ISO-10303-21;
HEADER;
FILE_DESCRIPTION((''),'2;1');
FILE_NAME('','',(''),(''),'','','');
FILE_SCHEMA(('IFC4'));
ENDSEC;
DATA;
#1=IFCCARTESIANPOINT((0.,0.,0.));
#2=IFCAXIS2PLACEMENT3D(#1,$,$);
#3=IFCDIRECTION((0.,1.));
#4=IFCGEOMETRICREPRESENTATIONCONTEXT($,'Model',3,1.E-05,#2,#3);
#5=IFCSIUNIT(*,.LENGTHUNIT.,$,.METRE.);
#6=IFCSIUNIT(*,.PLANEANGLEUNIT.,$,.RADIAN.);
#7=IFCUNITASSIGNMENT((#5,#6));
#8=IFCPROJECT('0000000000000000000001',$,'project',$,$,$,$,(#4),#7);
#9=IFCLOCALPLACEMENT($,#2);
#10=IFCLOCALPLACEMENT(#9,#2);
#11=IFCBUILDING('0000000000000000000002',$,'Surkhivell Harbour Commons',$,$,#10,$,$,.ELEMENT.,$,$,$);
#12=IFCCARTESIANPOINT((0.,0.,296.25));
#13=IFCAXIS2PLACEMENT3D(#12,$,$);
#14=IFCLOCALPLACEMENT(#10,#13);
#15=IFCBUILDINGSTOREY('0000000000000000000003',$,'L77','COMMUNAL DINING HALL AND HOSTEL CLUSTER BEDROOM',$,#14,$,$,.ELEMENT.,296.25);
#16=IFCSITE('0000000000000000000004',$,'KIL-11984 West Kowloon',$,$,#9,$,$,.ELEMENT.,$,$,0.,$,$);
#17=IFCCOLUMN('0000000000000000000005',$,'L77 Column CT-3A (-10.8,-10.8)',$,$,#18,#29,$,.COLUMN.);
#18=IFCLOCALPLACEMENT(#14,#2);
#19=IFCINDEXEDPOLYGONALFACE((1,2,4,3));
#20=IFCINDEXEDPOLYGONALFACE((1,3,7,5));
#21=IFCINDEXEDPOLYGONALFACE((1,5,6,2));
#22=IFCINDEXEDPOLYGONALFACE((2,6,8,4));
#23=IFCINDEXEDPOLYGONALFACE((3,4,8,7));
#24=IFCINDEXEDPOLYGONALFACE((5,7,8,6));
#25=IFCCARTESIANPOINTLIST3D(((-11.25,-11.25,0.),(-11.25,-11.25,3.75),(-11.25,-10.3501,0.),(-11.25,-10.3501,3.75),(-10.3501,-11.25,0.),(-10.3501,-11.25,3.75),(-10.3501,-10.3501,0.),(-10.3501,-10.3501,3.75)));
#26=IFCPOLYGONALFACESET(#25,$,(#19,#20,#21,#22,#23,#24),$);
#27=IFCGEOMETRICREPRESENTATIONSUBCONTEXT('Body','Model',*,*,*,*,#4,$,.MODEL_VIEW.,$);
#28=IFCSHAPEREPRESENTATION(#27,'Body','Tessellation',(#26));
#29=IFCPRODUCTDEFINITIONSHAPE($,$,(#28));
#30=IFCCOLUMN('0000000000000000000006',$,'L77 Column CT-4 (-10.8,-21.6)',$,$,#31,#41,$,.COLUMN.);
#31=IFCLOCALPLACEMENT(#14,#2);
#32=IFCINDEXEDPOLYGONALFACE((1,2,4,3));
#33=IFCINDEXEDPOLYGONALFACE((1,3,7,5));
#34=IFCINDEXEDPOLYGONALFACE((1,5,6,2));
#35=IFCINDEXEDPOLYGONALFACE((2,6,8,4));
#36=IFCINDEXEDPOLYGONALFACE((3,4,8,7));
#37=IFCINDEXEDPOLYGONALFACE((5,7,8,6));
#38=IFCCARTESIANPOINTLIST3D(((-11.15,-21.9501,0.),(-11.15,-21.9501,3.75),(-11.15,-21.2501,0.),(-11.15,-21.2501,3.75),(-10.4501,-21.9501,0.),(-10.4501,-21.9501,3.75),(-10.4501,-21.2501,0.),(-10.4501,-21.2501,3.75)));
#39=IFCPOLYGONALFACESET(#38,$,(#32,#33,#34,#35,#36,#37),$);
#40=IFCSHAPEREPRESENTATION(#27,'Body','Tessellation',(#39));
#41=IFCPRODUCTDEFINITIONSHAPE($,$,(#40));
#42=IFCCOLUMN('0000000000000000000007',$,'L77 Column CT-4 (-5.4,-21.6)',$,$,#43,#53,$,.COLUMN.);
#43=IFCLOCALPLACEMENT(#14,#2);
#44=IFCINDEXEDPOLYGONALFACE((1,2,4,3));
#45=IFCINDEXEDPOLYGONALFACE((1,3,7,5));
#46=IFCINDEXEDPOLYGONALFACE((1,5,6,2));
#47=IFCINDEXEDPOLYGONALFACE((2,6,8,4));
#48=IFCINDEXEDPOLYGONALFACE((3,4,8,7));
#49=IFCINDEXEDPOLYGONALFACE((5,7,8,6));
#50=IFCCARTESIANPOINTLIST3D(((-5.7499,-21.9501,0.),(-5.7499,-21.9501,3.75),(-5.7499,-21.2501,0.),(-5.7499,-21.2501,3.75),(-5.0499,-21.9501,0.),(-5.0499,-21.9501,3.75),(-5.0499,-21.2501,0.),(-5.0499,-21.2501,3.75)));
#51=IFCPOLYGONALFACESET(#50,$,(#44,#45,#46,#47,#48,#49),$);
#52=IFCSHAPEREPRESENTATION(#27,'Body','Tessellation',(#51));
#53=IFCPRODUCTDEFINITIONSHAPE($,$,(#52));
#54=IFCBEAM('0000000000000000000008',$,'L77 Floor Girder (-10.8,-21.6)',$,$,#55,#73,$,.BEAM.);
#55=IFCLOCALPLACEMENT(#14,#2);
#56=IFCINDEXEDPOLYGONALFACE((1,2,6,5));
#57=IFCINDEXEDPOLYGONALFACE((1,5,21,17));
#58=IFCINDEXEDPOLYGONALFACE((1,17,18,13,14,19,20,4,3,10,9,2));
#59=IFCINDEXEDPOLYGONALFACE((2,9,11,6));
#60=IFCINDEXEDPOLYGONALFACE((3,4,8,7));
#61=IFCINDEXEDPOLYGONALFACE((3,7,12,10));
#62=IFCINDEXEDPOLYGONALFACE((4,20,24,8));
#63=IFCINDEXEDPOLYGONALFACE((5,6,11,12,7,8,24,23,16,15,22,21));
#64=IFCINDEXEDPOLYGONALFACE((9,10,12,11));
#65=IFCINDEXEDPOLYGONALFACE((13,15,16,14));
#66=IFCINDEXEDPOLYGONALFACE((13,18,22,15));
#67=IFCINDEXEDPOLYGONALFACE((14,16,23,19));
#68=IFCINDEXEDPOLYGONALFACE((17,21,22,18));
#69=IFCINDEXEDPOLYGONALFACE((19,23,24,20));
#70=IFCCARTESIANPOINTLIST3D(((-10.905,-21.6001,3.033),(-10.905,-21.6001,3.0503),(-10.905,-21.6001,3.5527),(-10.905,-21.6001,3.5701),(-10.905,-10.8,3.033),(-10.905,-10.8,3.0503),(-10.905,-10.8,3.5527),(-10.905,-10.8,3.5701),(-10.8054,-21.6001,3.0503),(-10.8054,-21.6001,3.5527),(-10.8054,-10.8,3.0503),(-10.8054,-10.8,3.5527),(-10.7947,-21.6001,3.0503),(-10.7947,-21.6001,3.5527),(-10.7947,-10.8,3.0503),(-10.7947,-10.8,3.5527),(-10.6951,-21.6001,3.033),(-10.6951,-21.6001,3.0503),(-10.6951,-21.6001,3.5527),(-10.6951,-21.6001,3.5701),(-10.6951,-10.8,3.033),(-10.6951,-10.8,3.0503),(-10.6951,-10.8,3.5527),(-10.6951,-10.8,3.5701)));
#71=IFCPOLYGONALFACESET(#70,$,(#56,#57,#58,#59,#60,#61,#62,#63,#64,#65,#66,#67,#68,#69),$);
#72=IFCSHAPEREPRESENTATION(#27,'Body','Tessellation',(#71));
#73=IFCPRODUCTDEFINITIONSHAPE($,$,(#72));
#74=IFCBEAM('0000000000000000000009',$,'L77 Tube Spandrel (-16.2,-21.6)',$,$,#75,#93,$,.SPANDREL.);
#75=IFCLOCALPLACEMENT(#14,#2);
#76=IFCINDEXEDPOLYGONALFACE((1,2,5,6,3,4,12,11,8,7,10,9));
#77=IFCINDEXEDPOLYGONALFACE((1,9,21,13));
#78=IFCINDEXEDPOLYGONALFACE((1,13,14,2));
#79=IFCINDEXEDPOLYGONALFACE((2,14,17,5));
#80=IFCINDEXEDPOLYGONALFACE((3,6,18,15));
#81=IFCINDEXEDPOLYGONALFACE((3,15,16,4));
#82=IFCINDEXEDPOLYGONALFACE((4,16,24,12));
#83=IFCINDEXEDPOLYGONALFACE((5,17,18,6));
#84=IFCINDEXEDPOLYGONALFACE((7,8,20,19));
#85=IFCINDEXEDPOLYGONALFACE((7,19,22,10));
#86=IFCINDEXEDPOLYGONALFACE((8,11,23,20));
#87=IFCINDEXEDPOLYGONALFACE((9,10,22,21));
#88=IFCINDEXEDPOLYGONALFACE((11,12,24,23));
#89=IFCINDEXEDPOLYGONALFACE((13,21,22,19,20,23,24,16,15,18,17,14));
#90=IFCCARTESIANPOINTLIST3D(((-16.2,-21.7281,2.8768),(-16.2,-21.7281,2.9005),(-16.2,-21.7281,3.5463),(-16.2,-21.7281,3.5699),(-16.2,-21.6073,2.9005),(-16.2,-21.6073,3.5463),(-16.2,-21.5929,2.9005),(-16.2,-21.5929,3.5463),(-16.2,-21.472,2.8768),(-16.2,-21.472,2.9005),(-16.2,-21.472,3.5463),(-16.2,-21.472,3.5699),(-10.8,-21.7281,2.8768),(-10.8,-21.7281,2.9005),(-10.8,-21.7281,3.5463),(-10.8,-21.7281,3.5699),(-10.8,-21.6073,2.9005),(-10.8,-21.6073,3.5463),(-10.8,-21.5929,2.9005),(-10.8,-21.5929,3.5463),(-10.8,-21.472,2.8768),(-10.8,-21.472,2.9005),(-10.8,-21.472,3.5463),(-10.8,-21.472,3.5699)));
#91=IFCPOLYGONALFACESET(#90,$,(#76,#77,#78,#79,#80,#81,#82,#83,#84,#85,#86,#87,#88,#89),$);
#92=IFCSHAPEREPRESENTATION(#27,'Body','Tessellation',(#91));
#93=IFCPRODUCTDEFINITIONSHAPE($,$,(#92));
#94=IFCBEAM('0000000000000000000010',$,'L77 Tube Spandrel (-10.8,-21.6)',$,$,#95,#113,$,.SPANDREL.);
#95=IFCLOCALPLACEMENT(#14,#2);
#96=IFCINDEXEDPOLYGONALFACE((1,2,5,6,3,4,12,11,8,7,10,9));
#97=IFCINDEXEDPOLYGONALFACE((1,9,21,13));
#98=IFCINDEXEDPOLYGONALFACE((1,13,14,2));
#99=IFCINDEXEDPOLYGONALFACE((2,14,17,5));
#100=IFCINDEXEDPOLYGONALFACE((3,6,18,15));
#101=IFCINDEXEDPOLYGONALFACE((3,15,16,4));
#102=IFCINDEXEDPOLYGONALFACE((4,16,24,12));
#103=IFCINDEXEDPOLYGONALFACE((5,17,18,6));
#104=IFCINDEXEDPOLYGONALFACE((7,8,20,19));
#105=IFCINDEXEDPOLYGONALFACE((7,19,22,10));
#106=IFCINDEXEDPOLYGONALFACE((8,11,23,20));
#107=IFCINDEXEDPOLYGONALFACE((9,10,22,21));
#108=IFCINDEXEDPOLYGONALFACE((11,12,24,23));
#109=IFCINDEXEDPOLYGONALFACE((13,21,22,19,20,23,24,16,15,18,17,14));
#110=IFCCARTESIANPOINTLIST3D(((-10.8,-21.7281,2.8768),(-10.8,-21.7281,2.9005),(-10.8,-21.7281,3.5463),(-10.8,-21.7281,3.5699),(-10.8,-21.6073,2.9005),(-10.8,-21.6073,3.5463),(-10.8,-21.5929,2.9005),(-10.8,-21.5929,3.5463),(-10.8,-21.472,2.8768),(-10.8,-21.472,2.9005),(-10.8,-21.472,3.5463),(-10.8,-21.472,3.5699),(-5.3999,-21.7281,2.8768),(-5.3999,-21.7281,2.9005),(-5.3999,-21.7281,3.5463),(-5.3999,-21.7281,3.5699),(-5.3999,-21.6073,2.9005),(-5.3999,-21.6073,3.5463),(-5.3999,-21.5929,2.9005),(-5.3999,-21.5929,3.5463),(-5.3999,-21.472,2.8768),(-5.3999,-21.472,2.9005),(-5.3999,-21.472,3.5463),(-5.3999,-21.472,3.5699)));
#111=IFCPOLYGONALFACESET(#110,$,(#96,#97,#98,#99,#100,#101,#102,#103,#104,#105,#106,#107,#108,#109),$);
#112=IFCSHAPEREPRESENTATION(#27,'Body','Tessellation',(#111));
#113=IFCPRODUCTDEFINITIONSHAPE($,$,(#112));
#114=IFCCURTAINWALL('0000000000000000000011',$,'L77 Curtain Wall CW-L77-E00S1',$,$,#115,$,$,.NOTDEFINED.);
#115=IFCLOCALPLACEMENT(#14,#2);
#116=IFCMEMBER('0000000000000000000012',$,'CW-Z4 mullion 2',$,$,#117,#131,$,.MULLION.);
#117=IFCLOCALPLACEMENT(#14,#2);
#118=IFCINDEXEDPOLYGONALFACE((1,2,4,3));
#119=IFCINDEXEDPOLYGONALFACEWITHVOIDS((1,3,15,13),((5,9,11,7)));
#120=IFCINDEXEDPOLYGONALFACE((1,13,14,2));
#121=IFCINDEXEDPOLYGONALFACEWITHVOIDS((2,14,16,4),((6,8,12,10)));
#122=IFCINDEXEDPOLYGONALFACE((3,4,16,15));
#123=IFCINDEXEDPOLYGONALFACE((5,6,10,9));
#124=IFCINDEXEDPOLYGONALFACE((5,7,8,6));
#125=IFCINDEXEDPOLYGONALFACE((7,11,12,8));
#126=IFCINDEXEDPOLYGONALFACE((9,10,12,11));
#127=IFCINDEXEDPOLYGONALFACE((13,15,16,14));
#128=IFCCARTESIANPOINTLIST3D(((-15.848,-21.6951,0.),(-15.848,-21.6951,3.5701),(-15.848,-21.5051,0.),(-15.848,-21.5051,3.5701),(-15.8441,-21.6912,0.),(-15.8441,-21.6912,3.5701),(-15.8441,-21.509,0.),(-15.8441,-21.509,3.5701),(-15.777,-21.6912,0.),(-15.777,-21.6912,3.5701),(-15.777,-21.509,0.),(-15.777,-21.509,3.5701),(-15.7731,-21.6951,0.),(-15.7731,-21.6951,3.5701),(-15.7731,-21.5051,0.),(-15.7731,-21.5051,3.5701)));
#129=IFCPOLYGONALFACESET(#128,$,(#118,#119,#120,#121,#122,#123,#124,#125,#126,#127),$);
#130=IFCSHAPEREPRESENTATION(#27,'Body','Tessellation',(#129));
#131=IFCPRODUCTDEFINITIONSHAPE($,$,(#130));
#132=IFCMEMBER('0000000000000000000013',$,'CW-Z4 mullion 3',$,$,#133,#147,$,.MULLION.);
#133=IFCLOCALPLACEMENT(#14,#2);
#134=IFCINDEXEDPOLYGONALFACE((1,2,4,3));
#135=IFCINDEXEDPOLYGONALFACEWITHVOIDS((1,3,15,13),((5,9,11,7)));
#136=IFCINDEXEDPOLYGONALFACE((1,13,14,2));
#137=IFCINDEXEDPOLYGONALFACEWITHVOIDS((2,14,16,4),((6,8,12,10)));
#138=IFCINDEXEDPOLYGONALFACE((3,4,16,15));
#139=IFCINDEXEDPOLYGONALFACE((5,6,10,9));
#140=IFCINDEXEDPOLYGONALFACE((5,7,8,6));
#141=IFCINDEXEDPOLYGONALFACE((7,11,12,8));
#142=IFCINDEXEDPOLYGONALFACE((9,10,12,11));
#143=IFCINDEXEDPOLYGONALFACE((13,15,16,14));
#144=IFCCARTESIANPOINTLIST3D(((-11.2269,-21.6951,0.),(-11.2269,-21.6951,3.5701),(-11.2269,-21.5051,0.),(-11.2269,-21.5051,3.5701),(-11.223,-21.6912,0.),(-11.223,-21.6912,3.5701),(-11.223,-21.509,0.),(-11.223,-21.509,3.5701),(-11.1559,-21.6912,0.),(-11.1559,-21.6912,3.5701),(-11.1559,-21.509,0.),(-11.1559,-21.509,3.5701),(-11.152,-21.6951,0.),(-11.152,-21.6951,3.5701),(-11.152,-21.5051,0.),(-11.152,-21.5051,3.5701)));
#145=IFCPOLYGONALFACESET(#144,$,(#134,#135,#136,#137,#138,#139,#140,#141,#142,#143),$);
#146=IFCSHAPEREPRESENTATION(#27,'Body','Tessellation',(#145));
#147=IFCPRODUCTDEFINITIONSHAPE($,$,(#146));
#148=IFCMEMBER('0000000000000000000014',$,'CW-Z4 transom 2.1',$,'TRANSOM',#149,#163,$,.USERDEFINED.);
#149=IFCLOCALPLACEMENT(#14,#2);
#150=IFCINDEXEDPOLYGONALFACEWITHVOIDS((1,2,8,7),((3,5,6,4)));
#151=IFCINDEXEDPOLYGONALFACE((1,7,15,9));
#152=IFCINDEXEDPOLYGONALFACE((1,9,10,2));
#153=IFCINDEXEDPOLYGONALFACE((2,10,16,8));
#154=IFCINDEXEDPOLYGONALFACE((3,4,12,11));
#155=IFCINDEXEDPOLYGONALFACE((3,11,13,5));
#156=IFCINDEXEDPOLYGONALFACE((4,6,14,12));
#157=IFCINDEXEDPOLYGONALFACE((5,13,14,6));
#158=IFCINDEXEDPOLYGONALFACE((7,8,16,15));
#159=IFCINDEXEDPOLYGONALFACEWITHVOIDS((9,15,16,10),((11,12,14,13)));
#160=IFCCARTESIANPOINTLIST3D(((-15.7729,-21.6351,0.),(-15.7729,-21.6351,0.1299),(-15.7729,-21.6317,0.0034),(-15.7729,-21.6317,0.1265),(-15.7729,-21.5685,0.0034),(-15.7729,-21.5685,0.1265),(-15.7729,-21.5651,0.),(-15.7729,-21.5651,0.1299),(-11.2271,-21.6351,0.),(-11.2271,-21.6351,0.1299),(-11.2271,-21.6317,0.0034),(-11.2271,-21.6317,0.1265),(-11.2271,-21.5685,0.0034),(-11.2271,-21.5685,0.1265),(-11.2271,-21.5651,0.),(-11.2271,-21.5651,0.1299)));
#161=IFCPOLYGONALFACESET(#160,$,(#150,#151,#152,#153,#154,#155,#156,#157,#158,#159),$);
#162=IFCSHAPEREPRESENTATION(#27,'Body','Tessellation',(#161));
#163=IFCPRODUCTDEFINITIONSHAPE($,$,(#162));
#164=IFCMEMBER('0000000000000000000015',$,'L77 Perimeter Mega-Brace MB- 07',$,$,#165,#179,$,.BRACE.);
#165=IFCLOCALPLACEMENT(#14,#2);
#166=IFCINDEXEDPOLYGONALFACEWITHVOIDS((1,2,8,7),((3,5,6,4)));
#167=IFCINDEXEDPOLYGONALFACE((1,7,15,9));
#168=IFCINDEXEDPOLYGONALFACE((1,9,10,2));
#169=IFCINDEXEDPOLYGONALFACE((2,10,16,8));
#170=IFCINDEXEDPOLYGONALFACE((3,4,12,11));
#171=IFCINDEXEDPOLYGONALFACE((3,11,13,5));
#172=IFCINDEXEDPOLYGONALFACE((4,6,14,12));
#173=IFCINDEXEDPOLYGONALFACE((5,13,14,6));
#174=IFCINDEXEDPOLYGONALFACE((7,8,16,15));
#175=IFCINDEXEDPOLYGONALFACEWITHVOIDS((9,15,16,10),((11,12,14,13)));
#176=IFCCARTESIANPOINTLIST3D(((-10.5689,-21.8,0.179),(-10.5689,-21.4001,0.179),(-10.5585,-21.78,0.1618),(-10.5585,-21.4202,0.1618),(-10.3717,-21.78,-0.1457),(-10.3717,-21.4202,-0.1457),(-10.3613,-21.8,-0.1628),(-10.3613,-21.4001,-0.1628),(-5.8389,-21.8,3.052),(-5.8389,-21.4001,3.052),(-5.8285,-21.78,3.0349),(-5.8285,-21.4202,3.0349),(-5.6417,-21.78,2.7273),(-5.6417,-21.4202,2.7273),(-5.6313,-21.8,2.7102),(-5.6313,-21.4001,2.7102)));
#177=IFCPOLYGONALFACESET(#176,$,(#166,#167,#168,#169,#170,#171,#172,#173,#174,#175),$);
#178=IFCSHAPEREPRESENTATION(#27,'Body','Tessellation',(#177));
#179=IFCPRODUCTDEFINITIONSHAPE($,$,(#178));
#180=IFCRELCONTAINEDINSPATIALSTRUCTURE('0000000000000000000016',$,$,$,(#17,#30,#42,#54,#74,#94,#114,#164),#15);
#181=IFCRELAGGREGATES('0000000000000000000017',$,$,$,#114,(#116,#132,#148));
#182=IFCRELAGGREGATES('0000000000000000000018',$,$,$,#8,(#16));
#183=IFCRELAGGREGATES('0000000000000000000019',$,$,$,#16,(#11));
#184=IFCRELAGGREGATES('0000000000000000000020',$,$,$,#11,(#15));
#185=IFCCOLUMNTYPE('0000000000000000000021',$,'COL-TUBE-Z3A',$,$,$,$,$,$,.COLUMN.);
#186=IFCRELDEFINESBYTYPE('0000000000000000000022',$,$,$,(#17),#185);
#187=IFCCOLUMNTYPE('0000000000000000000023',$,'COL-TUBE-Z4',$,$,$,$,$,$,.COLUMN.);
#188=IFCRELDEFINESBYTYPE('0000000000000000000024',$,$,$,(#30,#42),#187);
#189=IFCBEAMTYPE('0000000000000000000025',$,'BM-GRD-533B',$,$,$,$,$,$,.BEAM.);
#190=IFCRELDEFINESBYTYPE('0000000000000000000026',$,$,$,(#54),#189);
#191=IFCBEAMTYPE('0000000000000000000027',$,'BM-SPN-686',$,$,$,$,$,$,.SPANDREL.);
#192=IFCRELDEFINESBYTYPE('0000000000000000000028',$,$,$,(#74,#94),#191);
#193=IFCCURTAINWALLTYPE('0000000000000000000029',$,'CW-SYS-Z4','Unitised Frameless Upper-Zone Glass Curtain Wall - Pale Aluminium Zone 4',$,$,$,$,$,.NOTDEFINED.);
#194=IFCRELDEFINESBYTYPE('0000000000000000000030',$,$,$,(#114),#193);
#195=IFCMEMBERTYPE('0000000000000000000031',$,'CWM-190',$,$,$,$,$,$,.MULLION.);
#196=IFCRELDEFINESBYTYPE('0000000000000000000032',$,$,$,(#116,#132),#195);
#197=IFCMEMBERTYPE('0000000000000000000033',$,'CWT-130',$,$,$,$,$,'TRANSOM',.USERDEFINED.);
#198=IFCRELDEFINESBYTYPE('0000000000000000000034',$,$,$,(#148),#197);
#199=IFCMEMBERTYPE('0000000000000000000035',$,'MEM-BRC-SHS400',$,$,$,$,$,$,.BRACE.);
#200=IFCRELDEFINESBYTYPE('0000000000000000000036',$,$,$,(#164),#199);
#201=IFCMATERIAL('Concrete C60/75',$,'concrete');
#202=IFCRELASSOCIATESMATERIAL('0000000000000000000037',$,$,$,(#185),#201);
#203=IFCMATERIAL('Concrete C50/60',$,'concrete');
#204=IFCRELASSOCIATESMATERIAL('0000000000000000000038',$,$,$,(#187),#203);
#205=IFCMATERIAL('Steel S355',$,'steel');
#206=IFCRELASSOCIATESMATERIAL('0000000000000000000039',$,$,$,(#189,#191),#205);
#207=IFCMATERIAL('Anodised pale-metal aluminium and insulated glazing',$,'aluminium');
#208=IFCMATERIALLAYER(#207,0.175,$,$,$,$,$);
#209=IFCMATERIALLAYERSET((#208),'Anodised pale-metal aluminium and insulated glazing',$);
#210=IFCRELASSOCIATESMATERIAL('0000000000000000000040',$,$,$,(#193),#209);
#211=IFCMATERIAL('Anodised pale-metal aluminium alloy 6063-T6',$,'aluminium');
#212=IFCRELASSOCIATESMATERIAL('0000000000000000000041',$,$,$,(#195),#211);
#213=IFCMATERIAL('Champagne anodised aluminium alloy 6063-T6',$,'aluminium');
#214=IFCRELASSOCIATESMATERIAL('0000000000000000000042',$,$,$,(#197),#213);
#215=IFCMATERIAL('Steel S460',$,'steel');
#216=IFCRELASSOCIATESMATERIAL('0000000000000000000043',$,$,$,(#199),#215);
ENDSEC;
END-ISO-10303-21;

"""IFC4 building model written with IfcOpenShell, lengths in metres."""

from ifc_helpers import new_model, si_unit, direction, frame, origin, origin_2d, place, context, subcontext, project, spatial, rectangle, hollow_rectangle, i_section, extrude, material, layer, layer_set, material_profile, profile_set, type_object, element, aggregate, save


model = new_model("IFC4")

# Units and contexts
model_context = context("Model", 3, precision=1e-05, world=origin(), true_north=direction((0.0, 1.0)))
body_context = subcontext(model_context, "Body", "Model", "MODEL_VIEW")
ifc_project = project(units=[si_unit("LENGTHUNIT", "METRE"), si_unit("PLANEANGLEUNIT", "RADIAN")], contexts=[model_context])

# Site, building, storey
site_placement = place(None, origin())
site = spatial("IfcSite", under=ifc_project, at=site_placement, Name="KIL-11984 West Kowloon", CompositionType="ELEMENT", RefElevation=0.0)
building_placement = place(site_placement, origin())
building = spatial("IfcBuilding", under=site, at=building_placement, Name="Surkhivell Harbour Commons", CompositionType="ELEMENT")
storey_placement = place(building_placement, frame((0.0, 0.0, 296.25)))
storey = spatial("IfcBuildingStorey", under=building, at=storey_placement, Name="L77", Description="COMMUNAL DINING HALL AND HOSTEL CLUSTER BEDROOM", CompositionType="ELEMENT", Elevation=296.25)

# Columns
ifc_material_1 = material(Name="Concrete C60/75", Category="concrete")
ifc_material_profile_1 = material_profile(ifc_material_1, rectangle(XDim=0.8999, YDim=0.8999, at=origin_2d()), Name="RC-COL-900x900")
ifc_profile_set_1 = profile_set([ifc_material_profile_1], Name="Concrete C60/75")
column_type_1 = type_object("IfcColumnType", Name="COL-TUBE-Z3A", PredefinedType="COLUMN", material=ifc_profile_set_1)
column_placement = place(storey_placement, frame((-10.8, -10.8, 0.0), z_axis=(0.0, 0.0, 1.0), x_axis=(1.0, 0.0, 0.0)))
element("IfcColumn", 1, at=column_placement, inside=storey, type_object=column_type_1, Name="L77 Column CT-3A (-10.8,-10.8)", PredefinedType="COLUMN", context=body_context, shape_type="SweptSolid", body=[
    extrude(rectangle(XDim=0.8999, YDim=0.8999, at=origin_2d()), origin(), (0.0, 0.0, 1.0), 3.75),
])
ifc_material_2 = material(Name="Concrete C50/60", Category="concrete")
ifc_material_profile_2 = material_profile(ifc_material_2, rectangle(XDim=0.7, YDim=0.7, at=origin_2d()), Name="RC-COL-700x700")
ifc_profile_set_2 = profile_set([ifc_material_profile_2], Name="Concrete C50/60")
column_type_2 = type_object("IfcColumnType", Name="COL-TUBE-Z4", PredefinedType="COLUMN", material=ifc_profile_set_2)
for number, where, z_axis, x_axis, name in (
    (2, (-10.8, -21.6001, 0.0), (0.0, 0.0, 1.0), (1.0, 0.0, 0.0), "L77 Column CT-4 (-10.8,-21.6)"),
    (3, (-5.3999, -21.6001, 0.0), (0.0, 0.0, 1.0), (1.0, 0.0, 0.0), "L77 Column CT-4 (-5.4,-21.6)"),
):
    element("IfcColumn", number, at=place(storey_placement, frame(where, z_axis=z_axis, x_axis=x_axis)), inside=storey, type_object=column_type_2, Name=name, PredefinedType="COLUMN", context=body_context, shape_type="SweptSolid", body=[
        extrude(rectangle(XDim=0.7, YDim=0.7, at=origin_2d()), origin(), (0.0, 0.0, 1.0), 3.75),
    ])

# Beams
ifc_material_3 = material(Name="Steel S355", Category="steel")
ifc_material_profile_3 = material_profile(ifc_material_3, i_section(OverallWidth=0.21, OverallDepth=0.5371, WebThickness=0.0107, FlangeThickness=0.0173, at=origin_2d()), Name="UB533x210x101")
ifc_profile_set_3 = profile_set([ifc_material_profile_3], Name="Steel S355")
beam_type_1 = type_object("IfcBeamType", Name="BM-GRD-533B", PredefinedType="BEAM", material=ifc_profile_set_3)
beam_1_placement = place(storey_placement, frame((-10.8, -21.6001, 3.3015), z_axis=(0.0, 1.0, 0.0), x_axis=(-1.0, 0.0, 0.0)))
element("IfcBeam", 4, at=beam_1_placement, inside=storey, type_object=beam_type_1, Name="L77 Floor Girder (-10.8,-21.6)", PredefinedType="BEAM", context=body_context, shape_type="SweptSolid", body=[
    extrude(i_section(OverallWidth=0.21, OverallDepth=0.5371, WebThickness=0.0107, FlangeThickness=0.0173, at=origin_2d()), origin(), (0.0, 0.0, 1.0), 10.8),
])
ifc_material_profile_4 = material_profile(ifc_material_3, i_section(OverallWidth=0.2561, OverallDepth=0.6931, WebThickness=0.0144, FlangeThickness=0.0237, at=origin_2d()), Name="UB686x254x170")
ifc_profile_set_4 = profile_set([ifc_material_profile_4], Name="Steel S355")
beam_type_2 = type_object("IfcBeamType", Name="BM-SPN-686", PredefinedType="SPANDREL", material=ifc_profile_set_4)
beam_2_placement = place(storey_placement, frame((-16.2, -21.6001, 3.2234), z_axis=(1.0, 0.0, 0.0), x_axis=(0.0, 1.0, 0.0)))
element("IfcBeam", 5, at=beam_2_placement, inside=storey, type_object=beam_type_2, Name="L77 Tube Spandrel (-16.2,-21.6)", PredefinedType="SPANDREL", context=body_context, shape_type="SweptSolid", body=[
    extrude(i_section(OverallWidth=0.2561, OverallDepth=0.6931, WebThickness=0.0144, FlangeThickness=0.0237, at=origin_2d()), origin(), (0.0, 0.0, 1.0), 5.3999),
])
beam_3_placement = place(storey_placement, frame((-10.8, -21.6001, 3.2234), z_axis=(1.0, 0.0, 0.0), x_axis=(0.0, 1.0, 0.0)))
element("IfcBeam", 6, at=beam_3_placement, inside=storey, type_object=beam_type_2, Name="L77 Tube Spandrel (-10.8,-21.6)", PredefinedType="SPANDREL", context=body_context, shape_type="SweptSolid", body=[
    extrude(i_section(OverallWidth=0.2561, OverallDepth=0.6931, WebThickness=0.0144, FlangeThickness=0.0237, at=origin_2d()), origin(), (0.0, 0.0, 1.0), 5.4001),
])

# Curtain wall, members
ifc_material_4 = material(Name="Anodised pale-metal aluminium and insulated glazing", Category="aluminium")
ifc_layer_1 = layer(ifc_material_4, 0.175)
ifc_layer_set_1 = layer_set([ifc_layer_1], Name="Anodised pale-metal aluminium and insulated glazing")
curtain_wall_type = type_object("IfcCurtainWallType", Name="CW-SYS-Z4", Description="Unitised Frameless Upper-Zone Glass Curtain Wall - Pale Aluminium Zone 4", PredefinedType="NOTDEFINED", material=ifc_layer_set_1)
curtain_wall_placement = place(storey_placement, origin())
curtain_wall = element("IfcCurtainWall", 7, at=curtain_wall_placement, inside=storey, type_object=curtain_wall_type, Name="L77 Curtain Wall CW-L77-E00S1", PredefinedType="NOTDEFINED")
ifc_material_5 = material(Name="Anodised pale-metal aluminium alloy 6063-T6", Category="aluminium")
ifc_material_profile_5 = material_profile(ifc_material_5, hollow_rectangle(XDim=0.075, YDim=0.1899, WallThickness=0.0039, at=origin_2d()), Name="ALU-MULL-75x190")
ifc_profile_set_5 = profile_set([ifc_material_profile_5], Name="Anodised pale-metal aluminium alloy 6063-T6")
member_type_1 = type_object("IfcMemberType", Name="CWM-190", PredefinedType="MULLION", material=ifc_profile_set_5)
member_1_placement = place(storey_placement, frame((-15.8105, -21.6001, 0.0), z_axis=(0.0, 0.0, 1.0), x_axis=(1.0, 0.0, 0.0)))
member_1 = element("IfcMember", 8, at=member_1_placement, type_object=member_type_1, Name="CW-Z4 mullion 2", PredefinedType="MULLION", context=body_context, shape_type="SweptSolid", body=[
    extrude(hollow_rectangle(XDim=0.075, YDim=0.1899, WallThickness=0.0039, at=origin_2d()), origin(), (0.0, 0.0, 1.0), 3.5701),
])
member_2_placement = place(storey_placement, frame((-11.1895, -21.6001, 0.0), z_axis=(0.0, 0.0, 1.0), x_axis=(1.0, 0.0, 0.0)))
member_2 = element("IfcMember", 9, at=member_2_placement, type_object=member_type_1, Name="CW-Z4 mullion 3", PredefinedType="MULLION", context=body_context, shape_type="SweptSolid", body=[
    extrude(hollow_rectangle(XDim=0.075, YDim=0.1899, WallThickness=0.0039, at=origin_2d()), origin(), (0.0, 0.0, 1.0), 3.5701),
])
ifc_material_6 = material(Name="Champagne anodised aluminium alloy 6063-T6", Category="aluminium")
ifc_material_profile_6 = material_profile(ifc_material_6, hollow_rectangle(XDim=0.0701, YDim=0.1299, WallThickness=0.0034, at=origin_2d()), Name="ALU-TRAN-70x130")
ifc_profile_set_6 = profile_set([ifc_material_profile_6], Name="Champagne anodised aluminium alloy 6063-T6")
member_type_2 = type_object("IfcMemberType", Name="CWT-130", ElementType="TRANSOM", PredefinedType="USERDEFINED", material=ifc_profile_set_6)
member_3_placement = place(storey_placement, frame((-15.7729, -21.6001, 0.0649), z_axis=(1.0, 0.0, 0.0), x_axis=(0.0, 1.0, 0.0)))
member_3 = element("IfcMember", 10, at=member_3_placement, type_object=member_type_2, Name="CW-Z4 transom 2.1", ObjectType="TRANSOM", PredefinedType="USERDEFINED", context=body_context, shape_type="SweptSolid", body=[
    extrude(hollow_rectangle(XDim=0.0701, YDim=0.1299, WallThickness=0.0034, at=origin_2d()), origin(), (0.0, 0.0, 1.0), 4.5459),
])

# Member
ifc_material_7 = material(Name="Steel S460", Category="steel")
ifc_material_profile_7 = material_profile(ifc_material_7, hollow_rectangle(XDim=0.3999, YDim=0.3999, WallThickness=0.02, at=origin_2d()), Name="SHS400x400x20")
ifc_profile_set_7 = profile_set([ifc_material_profile_7], Name="Steel S460")
member_type_3 = type_object("IfcMemberType", Name="MEM-BRC-SHS400", PredefinedType="BRACE", material=ifc_profile_set_7)
member_4_placement = place(storey_placement, frame((-10.4651, -21.6001, 0.0081), z_axis=(0.854685, 0.0, 0.519146), x_axis=(0.0, 1.0, 0.0)))
element("IfcMember", 11, at=member_4_placement, inside=storey, type_object=member_type_3, Name="L77 Perimeter Mega-Brace MB- 07", PredefinedType="BRACE", context=body_context, shape_type="SweptSolid", body=[
    extrude(hollow_rectangle(XDim=0.3999, YDim=0.3999, WallThickness=0.02, at=origin_2d()), origin(), (0.0, 0.0, 1.0), 5.5342),
])

aggregate(curtain_wall, [member_1, member_2, member_3])

save(model, "model.ifc")
